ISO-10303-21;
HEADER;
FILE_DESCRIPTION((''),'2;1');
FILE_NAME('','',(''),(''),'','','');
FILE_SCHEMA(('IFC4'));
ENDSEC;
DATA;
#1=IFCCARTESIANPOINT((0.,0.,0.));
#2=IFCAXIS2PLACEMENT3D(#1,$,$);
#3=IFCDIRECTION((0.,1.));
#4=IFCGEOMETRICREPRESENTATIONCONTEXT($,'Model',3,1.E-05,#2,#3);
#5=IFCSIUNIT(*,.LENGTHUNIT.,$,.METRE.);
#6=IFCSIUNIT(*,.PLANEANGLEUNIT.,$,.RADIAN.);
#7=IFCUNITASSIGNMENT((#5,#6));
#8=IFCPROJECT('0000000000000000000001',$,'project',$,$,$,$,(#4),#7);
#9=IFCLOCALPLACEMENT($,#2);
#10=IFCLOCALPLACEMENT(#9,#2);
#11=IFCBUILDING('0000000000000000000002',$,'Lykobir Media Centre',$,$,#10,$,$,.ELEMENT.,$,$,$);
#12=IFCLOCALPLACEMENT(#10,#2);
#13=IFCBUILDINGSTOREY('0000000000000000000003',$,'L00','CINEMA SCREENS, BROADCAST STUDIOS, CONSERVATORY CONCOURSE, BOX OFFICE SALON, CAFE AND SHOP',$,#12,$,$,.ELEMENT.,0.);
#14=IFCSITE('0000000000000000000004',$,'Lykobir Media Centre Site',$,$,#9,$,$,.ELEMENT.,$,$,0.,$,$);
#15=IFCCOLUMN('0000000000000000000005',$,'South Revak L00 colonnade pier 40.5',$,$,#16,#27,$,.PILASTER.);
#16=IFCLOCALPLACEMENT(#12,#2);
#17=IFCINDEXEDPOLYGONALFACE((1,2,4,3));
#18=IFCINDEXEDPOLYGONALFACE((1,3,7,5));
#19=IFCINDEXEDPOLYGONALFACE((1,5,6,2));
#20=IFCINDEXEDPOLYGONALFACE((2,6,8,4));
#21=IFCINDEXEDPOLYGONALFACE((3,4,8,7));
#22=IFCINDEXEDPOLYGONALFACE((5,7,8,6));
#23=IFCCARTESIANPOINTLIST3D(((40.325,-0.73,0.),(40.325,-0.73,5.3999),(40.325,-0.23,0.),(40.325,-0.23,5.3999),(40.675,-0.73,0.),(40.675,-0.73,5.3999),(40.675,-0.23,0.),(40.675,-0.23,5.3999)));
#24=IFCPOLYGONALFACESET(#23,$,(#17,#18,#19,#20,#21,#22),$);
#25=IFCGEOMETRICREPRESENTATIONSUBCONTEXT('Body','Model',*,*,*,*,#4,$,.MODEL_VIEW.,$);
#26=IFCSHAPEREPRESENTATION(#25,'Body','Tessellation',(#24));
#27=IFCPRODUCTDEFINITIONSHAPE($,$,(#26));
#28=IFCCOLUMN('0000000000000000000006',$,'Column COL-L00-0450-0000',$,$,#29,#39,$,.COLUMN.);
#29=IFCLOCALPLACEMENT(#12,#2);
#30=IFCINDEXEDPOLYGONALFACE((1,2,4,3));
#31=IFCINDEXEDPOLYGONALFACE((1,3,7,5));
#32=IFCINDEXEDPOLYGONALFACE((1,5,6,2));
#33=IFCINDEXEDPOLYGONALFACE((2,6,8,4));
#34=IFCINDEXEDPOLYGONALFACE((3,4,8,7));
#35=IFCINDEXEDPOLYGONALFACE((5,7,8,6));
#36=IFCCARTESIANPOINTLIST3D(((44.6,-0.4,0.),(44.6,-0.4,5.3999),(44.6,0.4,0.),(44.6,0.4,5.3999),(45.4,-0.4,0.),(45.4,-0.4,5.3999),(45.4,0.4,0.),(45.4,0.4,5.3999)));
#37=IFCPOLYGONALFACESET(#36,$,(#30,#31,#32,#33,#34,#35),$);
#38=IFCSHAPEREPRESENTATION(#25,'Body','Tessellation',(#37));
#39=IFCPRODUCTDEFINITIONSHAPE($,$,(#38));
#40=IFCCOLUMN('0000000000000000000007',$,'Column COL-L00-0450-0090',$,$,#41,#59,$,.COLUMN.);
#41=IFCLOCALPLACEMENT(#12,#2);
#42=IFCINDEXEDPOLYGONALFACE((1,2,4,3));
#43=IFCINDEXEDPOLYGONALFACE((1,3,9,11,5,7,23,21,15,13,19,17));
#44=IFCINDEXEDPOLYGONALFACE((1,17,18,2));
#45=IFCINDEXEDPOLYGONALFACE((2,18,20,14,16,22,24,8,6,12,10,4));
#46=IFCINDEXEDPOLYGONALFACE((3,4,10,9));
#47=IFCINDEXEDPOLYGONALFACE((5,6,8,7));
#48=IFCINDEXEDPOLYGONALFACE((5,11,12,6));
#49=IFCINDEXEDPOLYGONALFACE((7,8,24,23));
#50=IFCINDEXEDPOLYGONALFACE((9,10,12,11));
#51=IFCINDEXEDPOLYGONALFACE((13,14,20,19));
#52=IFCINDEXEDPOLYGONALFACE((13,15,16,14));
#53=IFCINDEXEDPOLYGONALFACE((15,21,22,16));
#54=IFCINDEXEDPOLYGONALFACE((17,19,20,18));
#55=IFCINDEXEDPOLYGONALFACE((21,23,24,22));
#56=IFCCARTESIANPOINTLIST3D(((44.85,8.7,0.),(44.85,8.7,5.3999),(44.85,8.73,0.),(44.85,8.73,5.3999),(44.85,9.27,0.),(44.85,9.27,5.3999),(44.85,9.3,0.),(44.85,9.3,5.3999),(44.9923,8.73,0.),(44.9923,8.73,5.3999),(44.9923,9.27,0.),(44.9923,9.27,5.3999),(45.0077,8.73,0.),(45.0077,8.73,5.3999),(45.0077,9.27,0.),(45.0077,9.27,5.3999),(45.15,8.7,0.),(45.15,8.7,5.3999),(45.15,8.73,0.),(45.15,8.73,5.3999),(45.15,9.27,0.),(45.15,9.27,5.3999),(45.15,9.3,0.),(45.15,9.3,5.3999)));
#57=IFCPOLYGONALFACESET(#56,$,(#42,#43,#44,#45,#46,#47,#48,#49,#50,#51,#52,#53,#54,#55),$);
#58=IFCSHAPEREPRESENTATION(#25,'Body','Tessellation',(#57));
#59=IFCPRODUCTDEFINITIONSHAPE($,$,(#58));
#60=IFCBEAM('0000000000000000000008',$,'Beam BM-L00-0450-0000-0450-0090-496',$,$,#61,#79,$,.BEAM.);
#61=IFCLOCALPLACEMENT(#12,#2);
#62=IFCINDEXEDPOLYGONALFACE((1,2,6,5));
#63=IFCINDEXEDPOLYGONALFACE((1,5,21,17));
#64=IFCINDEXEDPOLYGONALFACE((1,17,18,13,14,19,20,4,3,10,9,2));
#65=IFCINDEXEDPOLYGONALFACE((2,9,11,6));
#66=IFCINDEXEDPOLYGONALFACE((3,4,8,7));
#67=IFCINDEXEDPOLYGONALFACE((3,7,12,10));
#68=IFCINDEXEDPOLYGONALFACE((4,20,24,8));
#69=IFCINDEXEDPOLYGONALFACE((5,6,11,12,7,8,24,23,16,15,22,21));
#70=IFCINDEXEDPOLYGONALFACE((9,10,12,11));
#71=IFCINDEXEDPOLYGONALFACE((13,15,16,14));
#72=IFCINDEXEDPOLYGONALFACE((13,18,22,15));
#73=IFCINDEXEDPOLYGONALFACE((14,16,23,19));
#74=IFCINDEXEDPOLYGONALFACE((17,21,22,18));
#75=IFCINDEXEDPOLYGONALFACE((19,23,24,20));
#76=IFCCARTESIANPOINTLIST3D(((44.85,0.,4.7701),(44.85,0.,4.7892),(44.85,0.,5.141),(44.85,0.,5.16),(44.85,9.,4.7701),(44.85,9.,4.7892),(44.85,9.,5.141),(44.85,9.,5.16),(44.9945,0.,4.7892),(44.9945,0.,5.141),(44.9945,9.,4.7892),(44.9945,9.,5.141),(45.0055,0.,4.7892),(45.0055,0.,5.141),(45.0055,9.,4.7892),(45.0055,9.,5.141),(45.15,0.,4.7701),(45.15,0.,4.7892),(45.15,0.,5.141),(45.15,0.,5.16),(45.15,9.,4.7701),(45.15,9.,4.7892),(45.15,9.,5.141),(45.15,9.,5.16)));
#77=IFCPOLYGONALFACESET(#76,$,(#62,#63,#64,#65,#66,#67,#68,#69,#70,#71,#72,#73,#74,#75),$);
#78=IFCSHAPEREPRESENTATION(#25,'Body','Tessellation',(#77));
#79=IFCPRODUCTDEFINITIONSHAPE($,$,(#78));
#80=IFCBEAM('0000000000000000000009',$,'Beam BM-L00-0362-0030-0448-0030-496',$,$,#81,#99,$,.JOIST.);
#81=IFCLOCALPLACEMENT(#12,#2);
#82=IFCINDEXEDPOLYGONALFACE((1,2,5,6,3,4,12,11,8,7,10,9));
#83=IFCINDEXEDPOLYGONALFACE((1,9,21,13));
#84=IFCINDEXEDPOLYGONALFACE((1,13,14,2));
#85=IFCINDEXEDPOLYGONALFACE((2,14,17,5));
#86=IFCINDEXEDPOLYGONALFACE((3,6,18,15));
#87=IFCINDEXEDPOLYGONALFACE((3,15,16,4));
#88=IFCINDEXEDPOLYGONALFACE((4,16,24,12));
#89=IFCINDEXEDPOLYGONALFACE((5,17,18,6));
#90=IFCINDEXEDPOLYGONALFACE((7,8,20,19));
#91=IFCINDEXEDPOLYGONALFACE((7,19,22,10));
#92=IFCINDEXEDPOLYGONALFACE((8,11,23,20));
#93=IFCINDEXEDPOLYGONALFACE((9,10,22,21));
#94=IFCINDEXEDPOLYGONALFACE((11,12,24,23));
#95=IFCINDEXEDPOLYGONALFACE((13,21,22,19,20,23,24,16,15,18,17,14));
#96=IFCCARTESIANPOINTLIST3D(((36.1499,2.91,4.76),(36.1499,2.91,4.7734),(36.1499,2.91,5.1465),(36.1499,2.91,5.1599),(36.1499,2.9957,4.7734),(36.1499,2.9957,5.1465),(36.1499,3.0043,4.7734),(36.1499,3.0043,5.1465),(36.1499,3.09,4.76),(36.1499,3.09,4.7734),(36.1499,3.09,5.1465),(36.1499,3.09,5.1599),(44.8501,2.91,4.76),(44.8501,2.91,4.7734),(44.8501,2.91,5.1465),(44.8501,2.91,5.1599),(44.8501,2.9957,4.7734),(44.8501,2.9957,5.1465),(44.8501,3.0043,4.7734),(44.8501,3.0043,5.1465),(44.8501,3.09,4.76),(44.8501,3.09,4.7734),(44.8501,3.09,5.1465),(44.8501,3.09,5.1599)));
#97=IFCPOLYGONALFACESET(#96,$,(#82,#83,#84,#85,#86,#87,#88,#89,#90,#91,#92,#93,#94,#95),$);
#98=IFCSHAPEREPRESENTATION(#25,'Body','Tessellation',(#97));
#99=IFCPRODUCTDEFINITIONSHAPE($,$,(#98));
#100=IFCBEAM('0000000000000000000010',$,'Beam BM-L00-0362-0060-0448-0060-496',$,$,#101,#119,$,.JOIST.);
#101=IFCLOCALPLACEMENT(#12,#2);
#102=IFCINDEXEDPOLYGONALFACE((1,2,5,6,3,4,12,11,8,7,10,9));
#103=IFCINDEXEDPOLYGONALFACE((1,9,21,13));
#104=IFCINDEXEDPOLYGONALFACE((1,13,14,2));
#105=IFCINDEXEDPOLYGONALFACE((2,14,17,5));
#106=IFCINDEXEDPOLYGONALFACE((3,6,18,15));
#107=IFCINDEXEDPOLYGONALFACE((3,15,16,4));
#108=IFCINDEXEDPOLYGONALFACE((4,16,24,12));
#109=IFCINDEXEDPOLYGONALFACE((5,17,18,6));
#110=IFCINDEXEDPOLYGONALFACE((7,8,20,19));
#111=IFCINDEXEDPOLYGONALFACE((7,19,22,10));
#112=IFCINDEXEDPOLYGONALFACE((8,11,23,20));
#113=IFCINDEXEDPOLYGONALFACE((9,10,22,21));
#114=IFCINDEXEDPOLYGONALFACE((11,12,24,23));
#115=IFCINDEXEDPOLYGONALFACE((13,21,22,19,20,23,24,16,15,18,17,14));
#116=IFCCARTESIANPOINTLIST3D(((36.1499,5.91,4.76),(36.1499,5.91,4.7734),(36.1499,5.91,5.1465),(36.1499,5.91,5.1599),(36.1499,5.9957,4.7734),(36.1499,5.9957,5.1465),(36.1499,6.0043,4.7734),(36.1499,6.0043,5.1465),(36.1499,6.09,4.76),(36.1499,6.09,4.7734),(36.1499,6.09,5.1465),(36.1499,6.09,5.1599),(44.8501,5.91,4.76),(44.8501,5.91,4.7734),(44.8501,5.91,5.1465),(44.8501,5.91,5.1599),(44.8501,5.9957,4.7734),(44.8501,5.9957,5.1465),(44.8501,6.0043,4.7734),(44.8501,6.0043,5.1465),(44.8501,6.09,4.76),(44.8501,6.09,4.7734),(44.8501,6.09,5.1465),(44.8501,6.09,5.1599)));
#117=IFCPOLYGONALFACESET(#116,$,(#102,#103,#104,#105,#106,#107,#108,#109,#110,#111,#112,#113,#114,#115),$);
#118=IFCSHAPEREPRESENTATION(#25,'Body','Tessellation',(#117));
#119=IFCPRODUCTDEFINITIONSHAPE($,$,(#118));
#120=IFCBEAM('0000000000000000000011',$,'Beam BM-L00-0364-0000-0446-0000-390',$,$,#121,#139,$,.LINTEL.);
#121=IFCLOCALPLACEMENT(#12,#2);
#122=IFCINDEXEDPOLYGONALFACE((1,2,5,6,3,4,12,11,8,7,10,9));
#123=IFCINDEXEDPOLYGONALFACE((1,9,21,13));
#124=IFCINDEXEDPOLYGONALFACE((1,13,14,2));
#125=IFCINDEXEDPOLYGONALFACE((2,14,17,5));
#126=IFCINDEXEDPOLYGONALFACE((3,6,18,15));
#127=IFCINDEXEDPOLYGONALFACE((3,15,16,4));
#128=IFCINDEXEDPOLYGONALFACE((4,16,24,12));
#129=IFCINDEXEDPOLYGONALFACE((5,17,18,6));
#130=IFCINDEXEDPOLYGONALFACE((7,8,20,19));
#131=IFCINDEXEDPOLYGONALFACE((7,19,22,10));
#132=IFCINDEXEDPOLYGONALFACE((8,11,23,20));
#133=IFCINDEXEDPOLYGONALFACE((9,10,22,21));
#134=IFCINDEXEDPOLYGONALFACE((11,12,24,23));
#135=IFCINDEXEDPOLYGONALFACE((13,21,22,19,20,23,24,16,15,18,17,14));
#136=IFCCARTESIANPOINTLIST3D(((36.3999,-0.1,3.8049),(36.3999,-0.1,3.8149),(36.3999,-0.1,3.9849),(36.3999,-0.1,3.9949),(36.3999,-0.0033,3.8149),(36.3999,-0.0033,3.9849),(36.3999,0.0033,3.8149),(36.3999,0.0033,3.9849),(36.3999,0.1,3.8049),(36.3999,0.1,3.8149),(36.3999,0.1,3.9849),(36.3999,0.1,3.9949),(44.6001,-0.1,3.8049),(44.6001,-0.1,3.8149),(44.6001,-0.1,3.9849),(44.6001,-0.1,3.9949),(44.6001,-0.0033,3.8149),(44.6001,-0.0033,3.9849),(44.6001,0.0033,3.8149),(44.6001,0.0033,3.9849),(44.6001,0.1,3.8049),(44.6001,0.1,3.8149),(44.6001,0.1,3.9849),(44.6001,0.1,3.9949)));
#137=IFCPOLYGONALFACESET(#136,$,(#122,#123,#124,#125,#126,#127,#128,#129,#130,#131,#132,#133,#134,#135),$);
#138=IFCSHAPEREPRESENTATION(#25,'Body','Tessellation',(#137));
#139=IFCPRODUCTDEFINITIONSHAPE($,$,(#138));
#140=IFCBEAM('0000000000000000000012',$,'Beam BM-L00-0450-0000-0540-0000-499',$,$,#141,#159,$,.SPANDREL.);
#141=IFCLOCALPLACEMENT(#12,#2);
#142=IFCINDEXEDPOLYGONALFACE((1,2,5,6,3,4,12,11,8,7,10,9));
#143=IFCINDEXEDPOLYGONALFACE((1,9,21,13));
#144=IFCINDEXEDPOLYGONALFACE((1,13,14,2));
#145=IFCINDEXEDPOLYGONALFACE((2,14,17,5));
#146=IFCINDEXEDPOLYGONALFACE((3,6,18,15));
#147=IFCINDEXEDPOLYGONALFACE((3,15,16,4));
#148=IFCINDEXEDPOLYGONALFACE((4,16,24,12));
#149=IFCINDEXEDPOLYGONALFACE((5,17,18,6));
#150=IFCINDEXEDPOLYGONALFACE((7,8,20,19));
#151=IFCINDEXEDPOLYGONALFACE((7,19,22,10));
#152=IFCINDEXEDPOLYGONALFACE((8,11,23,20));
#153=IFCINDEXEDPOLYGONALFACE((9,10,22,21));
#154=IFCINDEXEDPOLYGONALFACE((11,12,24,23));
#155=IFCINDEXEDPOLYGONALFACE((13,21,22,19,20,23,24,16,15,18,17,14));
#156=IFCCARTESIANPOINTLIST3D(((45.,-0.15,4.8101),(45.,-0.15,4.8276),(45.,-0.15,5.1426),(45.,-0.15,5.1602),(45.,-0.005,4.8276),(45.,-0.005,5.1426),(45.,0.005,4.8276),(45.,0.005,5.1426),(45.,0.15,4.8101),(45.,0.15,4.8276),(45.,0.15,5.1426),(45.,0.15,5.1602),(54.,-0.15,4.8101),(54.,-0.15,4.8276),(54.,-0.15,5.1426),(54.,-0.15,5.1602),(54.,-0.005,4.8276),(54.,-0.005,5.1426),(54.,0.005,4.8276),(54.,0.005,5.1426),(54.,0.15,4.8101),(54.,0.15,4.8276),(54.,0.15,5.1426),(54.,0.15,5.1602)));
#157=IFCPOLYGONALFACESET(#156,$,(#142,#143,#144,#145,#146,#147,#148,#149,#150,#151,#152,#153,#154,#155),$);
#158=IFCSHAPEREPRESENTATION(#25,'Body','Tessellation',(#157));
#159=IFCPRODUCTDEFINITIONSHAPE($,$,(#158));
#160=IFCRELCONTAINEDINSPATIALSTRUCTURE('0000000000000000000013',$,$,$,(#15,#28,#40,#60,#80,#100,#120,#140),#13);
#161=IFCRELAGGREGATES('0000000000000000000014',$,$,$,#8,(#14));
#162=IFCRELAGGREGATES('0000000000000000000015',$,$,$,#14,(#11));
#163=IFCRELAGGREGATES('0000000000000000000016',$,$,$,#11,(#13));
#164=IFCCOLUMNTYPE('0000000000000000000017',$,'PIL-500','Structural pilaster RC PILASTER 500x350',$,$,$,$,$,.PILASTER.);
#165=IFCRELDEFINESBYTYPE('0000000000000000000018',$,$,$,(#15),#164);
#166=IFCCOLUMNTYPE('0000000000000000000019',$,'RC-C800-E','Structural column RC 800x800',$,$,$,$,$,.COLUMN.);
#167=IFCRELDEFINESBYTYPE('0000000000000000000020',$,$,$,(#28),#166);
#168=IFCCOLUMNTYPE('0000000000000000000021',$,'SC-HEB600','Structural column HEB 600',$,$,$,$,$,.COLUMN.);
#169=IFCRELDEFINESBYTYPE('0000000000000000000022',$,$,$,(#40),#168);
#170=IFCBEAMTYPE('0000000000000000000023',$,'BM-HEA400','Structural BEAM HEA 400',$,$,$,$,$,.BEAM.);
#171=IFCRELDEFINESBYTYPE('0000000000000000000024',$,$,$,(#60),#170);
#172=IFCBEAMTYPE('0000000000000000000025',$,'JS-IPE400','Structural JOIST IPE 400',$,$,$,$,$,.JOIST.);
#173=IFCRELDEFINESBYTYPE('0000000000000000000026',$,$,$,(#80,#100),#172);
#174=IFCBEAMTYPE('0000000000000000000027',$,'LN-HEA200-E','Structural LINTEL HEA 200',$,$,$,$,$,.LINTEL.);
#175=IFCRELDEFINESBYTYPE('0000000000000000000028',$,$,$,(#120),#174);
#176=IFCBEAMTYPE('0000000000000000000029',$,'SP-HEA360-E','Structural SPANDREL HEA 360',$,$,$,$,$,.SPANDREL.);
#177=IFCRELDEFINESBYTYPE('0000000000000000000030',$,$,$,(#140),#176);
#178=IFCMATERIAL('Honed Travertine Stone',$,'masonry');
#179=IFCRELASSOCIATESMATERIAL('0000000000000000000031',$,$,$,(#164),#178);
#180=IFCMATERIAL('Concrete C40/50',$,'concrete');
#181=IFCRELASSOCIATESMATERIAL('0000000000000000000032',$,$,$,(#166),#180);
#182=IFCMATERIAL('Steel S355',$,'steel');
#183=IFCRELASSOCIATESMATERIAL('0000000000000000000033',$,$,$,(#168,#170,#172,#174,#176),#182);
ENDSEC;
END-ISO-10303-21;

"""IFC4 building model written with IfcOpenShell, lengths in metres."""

from ifc_helpers import new_model, si_unit, direction, frame, origin, origin_2d, place, context, subcontext, project, spatial, rectangle, i_section, extrude, material, material_profile, profile_set, type_object, element, save


model = new_model("IFC4")

# Units and contexts
model_context = context("Model", 3, precision=1e-05, world=origin(), true_north=direction((0.0, 1.0)))
body_context = subcontext(model_context, "Body", "Model", "MODEL_VIEW")
ifc_project = project(units=[si_unit("LENGTHUNIT", "METRE"), si_unit("PLANEANGLEUNIT", "RADIAN")], contexts=[model_context])

# Site, building, storey
site_placement = place(None, origin())
site = spatial("IfcSite", under=ifc_project, at=site_placement, Name="Lykobir Media Centre Site", CompositionType="ELEMENT", RefElevation=0.0)
building_placement = place(site_placement, origin())
building = spatial("IfcBuilding", under=site, at=building_placement, Name="Lykobir Media Centre", CompositionType="ELEMENT")
storey_placement = place(building_placement, origin())
storey = spatial("IfcBuildingStorey", under=building, at=storey_placement, Name="L00", Description="CINEMA SCREENS, BROADCAST STUDIOS, CONSERVATORY CONCOURSE, BOX OFFICE SALON, CAFE AND SHOP", CompositionType="ELEMENT", Elevation=0.0)

# Columns
ifc_material_1 = material(Name="Honed Travertine Stone", Category="masonry")
ifc_material_profile_1 = material_profile(ifc_material_1, rectangle(XDim=0.3501, YDim=0.5, at=origin_2d()), Name="RC PILASTER 500x350")
ifc_profile_set_1 = profile_set([ifc_material_profile_1], Name="Honed Travertine Stone")
column_type_1 = type_object("IfcColumnType", Name="PIL-500", Description="Structural pilaster RC PILASTER 500x350", PredefinedType="PILASTER", material=ifc_profile_set_1)
column_1_placement = place(storey_placement, frame((40.5, -0.48, 0.0), z_axis=(0.0, 0.0, 1.0), x_axis=(1.0, 0.0, 0.0)))
element("IfcColumn", 1, at=column_1_placement, inside=storey, type_object=column_type_1, Name="South Revak L00 colonnade pier 40.5", PredefinedType="PILASTER", context=body_context, shape_type="SweptSolid", body=[
    extrude(rectangle(XDim=0.3501, YDim=0.5, at=origin_2d()), origin(), (0.0, 0.0, 1.0), 5.3999),
])
ifc_material_2 = material(Name="Concrete C40/50", Category="concrete")
ifc_material_profile_2 = material_profile(ifc_material_2, rectangle(XDim=0.8, YDim=0.8, at=origin_2d()), Name="RC 800x800")
ifc_profile_set_2 = profile_set([ifc_material_profile_2], Name="Concrete C40/50")
column_type_2 = type_object("IfcColumnType", Name="RC-C800-E", Description="Structural column RC 800x800", PredefinedType="COLUMN", material=ifc_profile_set_2)
column_2_placement = place(storey_placement, frame((45.0, 0.0, 0.0), z_axis=(0.0, 0.0, 1.0), x_axis=(1.0, 0.0, 0.0)))
element("IfcColumn", 2, at=column_2_placement, inside=storey, type_object=column_type_2, Name="Column COL-L00-0450-0000", PredefinedType="COLUMN", context=body_context, shape_type="SweptSolid", body=[
    extrude(rectangle(XDim=0.8, YDim=0.8, at=origin_2d()), origin(), (0.0, 0.0, 1.0), 5.3999),
])
ifc_material_3 = material(Name="Steel S355", Category="steel")
ifc_material_profile_3 = material_profile(ifc_material_3, i_section(OverallWidth=0.3, OverallDepth=0.6001, WebThickness=0.0154, FlangeThickness=0.03, at=origin_2d()), Name="HEB 600")
ifc_profile_set_3 = profile_set([ifc_material_profile_3], Name="Steel S355")
column_type_3 = type_object("IfcColumnType", Name="SC-HEB600", Description="Structural column HEB 600", PredefinedType="COLUMN", material=ifc_profile_set_3)
column_3_placement = place(storey_placement, frame((45.0, 9.0, 0.0), z_axis=(0.0, 0.0, 1.0), x_axis=(1.0, 0.0, 0.0)))
element("IfcColumn", 3, at=column_3_placement, inside=storey, type_object=column_type_3, Name="Column COL-L00-0450-0090", PredefinedType="COLUMN", context=body_context, shape_type="SweptSolid", body=[
    extrude(i_section(OverallWidth=0.3, OverallDepth=0.6001, WebThickness=0.0154, FlangeThickness=0.03, at=origin_2d()), origin(), (0.0, 0.0, 1.0), 5.3999),
])

# Beams
ifc_material_profile_4 = material_profile(ifc_material_3, i_section(OverallWidth=0.3, OverallDepth=0.3899, WebThickness=0.011, FlangeThickness=0.019, at=origin_2d()), Name="HEA 400")
ifc_profile_set_4 = profile_set([ifc_material_profile_4], Name="Steel S355")
beam_type_1 = type_object("IfcBeamType", Name="BM-HEA400", Description="Structural BEAM HEA 400", PredefinedType="BEAM", material=ifc_profile_set_4)
beam_1_placement = place(storey_placement, frame((45.0, 0.0, 4.9651), z_axis=(0.0, 1.0, 0.0), x_axis=(-1.0, 0.0, 0.0)))
element("IfcBeam", 4, at=beam_1_placement, inside=storey, type_object=beam_type_1, Name="Beam BM-L00-0450-0000-0450-0090-496", PredefinedType="BEAM", context=body_context, shape_type="SweptSolid", body=[
    extrude(i_section(OverallWidth=0.3, OverallDepth=0.3899, WebThickness=0.011, FlangeThickness=0.019, at=origin_2d()), origin(), (0.0, 0.0, 1.0), 9.0),
])
ifc_material_profile_5 = material_profile(ifc_material_3, i_section(OverallWidth=0.1799, OverallDepth=0.3999, WebThickness=0.0085, FlangeThickness=0.0134, at=origin_2d()), Name="IPE 400")
ifc_profile_set_5 = profile_set([ifc_material_profile_5], Name="Steel S355")
beam_type_2 = type_object("IfcBeamType", Name="JS-IPE400", Description="Structural JOIST IPE 400", PredefinedType="JOIST", material=ifc_profile_set_5)
for number, where, z_axis, x_axis, name in (
    (5, (36.1499, 3.0, 4.96), (1.0, 0.0, 0.0), (0.0, 1.0, 0.0), "Beam BM-L00-0362-0030-0448-0030-496"),
    (6, (36.1499, 6.0, 4.96), (1.0, 0.0, 0.0), (0.0, 1.0, 0.0), "Beam BM-L00-0362-0060-0448-0060-496"),
):
    element("IfcBeam", number, at=place(storey_placement, frame(where, z_axis=z_axis, x_axis=x_axis)), inside=storey, type_object=beam_type_2, Name=name, PredefinedType="JOIST", context=body_context, shape_type="SweptSolid", body=[
        extrude(i_section(OverallWidth=0.1799, OverallDepth=0.3999, WebThickness=0.0085, FlangeThickness=0.0134, at=origin_2d()), origin(), (0.0, 0.0, 1.0), 8.7002),
    ])
ifc_material_profile_6 = material_profile(ifc_material_3, i_section(OverallWidth=0.2, OverallDepth=0.1899, WebThickness=0.0066, FlangeThickness=0.01, at=origin_2d()), Name="HEA 200")
ifc_profile_set_6 = profile_set([ifc_material_profile_6], Name="Steel S355")
beam_type_3 = type_object("IfcBeamType", Name="LN-HEA200-E", Description="Structural LINTEL HEA 200", PredefinedType="LINTEL", material=ifc_profile_set_6)
beam_2_placement = place(storey_placement, frame((36.3999, 0.0, 3.8999), z_axis=(1.0, 0.0, 0.0), x_axis=(0.0, 1.0, 0.0)))
element("IfcBeam", 7, at=beam_2_placement, inside=storey, type_object=beam_type_3, Name="Beam BM-L00-0364-0000-0446-0000-390", PredefinedType="LINTEL", context=body_context, shape_type="SweptSolid", body=[
    extrude(i_section(OverallWidth=0.2, OverallDepth=0.1899, WebThickness=0.0066, FlangeThickness=0.01, at=origin_2d()), origin(), (0.0, 0.0, 1.0), 8.2002),
])
ifc_material_profile_7 = material_profile(ifc_material_3, i_section(OverallWidth=0.3, OverallDepth=0.3501, WebThickness=0.01, FlangeThickness=0.0176, at=origin_2d()), Name="HEA 360")
ifc_profile_set_7 = profile_set([ifc_material_profile_7], Name="Steel S355")
beam_type_4 = type_object("IfcBeamType", Name="SP-HEA360-E", Description="Structural SPANDREL HEA 360", PredefinedType="SPANDREL", material=ifc_profile_set_7)
beam_3_placement = place(storey_placement, frame((45.0, 0.0, 4.9851), z_axis=(1.0, 0.0, 0.0), x_axis=(0.0, 1.0, 0.0)))
element("IfcBeam", 8, at=beam_3_placement, inside=storey, type_object=beam_type_4, Name="Beam BM-L00-0450-0000-0540-0000-499", PredefinedType="SPANDREL", context=body_context, shape_type="SweptSolid", body=[
    extrude(i_section(OverallWidth=0.3, OverallDepth=0.3501, WebThickness=0.01, FlangeThickness=0.0176, at=origin_2d()), origin(), (0.0, 0.0, 1.0), 9.0),
])

save(model, "model.ifc")
